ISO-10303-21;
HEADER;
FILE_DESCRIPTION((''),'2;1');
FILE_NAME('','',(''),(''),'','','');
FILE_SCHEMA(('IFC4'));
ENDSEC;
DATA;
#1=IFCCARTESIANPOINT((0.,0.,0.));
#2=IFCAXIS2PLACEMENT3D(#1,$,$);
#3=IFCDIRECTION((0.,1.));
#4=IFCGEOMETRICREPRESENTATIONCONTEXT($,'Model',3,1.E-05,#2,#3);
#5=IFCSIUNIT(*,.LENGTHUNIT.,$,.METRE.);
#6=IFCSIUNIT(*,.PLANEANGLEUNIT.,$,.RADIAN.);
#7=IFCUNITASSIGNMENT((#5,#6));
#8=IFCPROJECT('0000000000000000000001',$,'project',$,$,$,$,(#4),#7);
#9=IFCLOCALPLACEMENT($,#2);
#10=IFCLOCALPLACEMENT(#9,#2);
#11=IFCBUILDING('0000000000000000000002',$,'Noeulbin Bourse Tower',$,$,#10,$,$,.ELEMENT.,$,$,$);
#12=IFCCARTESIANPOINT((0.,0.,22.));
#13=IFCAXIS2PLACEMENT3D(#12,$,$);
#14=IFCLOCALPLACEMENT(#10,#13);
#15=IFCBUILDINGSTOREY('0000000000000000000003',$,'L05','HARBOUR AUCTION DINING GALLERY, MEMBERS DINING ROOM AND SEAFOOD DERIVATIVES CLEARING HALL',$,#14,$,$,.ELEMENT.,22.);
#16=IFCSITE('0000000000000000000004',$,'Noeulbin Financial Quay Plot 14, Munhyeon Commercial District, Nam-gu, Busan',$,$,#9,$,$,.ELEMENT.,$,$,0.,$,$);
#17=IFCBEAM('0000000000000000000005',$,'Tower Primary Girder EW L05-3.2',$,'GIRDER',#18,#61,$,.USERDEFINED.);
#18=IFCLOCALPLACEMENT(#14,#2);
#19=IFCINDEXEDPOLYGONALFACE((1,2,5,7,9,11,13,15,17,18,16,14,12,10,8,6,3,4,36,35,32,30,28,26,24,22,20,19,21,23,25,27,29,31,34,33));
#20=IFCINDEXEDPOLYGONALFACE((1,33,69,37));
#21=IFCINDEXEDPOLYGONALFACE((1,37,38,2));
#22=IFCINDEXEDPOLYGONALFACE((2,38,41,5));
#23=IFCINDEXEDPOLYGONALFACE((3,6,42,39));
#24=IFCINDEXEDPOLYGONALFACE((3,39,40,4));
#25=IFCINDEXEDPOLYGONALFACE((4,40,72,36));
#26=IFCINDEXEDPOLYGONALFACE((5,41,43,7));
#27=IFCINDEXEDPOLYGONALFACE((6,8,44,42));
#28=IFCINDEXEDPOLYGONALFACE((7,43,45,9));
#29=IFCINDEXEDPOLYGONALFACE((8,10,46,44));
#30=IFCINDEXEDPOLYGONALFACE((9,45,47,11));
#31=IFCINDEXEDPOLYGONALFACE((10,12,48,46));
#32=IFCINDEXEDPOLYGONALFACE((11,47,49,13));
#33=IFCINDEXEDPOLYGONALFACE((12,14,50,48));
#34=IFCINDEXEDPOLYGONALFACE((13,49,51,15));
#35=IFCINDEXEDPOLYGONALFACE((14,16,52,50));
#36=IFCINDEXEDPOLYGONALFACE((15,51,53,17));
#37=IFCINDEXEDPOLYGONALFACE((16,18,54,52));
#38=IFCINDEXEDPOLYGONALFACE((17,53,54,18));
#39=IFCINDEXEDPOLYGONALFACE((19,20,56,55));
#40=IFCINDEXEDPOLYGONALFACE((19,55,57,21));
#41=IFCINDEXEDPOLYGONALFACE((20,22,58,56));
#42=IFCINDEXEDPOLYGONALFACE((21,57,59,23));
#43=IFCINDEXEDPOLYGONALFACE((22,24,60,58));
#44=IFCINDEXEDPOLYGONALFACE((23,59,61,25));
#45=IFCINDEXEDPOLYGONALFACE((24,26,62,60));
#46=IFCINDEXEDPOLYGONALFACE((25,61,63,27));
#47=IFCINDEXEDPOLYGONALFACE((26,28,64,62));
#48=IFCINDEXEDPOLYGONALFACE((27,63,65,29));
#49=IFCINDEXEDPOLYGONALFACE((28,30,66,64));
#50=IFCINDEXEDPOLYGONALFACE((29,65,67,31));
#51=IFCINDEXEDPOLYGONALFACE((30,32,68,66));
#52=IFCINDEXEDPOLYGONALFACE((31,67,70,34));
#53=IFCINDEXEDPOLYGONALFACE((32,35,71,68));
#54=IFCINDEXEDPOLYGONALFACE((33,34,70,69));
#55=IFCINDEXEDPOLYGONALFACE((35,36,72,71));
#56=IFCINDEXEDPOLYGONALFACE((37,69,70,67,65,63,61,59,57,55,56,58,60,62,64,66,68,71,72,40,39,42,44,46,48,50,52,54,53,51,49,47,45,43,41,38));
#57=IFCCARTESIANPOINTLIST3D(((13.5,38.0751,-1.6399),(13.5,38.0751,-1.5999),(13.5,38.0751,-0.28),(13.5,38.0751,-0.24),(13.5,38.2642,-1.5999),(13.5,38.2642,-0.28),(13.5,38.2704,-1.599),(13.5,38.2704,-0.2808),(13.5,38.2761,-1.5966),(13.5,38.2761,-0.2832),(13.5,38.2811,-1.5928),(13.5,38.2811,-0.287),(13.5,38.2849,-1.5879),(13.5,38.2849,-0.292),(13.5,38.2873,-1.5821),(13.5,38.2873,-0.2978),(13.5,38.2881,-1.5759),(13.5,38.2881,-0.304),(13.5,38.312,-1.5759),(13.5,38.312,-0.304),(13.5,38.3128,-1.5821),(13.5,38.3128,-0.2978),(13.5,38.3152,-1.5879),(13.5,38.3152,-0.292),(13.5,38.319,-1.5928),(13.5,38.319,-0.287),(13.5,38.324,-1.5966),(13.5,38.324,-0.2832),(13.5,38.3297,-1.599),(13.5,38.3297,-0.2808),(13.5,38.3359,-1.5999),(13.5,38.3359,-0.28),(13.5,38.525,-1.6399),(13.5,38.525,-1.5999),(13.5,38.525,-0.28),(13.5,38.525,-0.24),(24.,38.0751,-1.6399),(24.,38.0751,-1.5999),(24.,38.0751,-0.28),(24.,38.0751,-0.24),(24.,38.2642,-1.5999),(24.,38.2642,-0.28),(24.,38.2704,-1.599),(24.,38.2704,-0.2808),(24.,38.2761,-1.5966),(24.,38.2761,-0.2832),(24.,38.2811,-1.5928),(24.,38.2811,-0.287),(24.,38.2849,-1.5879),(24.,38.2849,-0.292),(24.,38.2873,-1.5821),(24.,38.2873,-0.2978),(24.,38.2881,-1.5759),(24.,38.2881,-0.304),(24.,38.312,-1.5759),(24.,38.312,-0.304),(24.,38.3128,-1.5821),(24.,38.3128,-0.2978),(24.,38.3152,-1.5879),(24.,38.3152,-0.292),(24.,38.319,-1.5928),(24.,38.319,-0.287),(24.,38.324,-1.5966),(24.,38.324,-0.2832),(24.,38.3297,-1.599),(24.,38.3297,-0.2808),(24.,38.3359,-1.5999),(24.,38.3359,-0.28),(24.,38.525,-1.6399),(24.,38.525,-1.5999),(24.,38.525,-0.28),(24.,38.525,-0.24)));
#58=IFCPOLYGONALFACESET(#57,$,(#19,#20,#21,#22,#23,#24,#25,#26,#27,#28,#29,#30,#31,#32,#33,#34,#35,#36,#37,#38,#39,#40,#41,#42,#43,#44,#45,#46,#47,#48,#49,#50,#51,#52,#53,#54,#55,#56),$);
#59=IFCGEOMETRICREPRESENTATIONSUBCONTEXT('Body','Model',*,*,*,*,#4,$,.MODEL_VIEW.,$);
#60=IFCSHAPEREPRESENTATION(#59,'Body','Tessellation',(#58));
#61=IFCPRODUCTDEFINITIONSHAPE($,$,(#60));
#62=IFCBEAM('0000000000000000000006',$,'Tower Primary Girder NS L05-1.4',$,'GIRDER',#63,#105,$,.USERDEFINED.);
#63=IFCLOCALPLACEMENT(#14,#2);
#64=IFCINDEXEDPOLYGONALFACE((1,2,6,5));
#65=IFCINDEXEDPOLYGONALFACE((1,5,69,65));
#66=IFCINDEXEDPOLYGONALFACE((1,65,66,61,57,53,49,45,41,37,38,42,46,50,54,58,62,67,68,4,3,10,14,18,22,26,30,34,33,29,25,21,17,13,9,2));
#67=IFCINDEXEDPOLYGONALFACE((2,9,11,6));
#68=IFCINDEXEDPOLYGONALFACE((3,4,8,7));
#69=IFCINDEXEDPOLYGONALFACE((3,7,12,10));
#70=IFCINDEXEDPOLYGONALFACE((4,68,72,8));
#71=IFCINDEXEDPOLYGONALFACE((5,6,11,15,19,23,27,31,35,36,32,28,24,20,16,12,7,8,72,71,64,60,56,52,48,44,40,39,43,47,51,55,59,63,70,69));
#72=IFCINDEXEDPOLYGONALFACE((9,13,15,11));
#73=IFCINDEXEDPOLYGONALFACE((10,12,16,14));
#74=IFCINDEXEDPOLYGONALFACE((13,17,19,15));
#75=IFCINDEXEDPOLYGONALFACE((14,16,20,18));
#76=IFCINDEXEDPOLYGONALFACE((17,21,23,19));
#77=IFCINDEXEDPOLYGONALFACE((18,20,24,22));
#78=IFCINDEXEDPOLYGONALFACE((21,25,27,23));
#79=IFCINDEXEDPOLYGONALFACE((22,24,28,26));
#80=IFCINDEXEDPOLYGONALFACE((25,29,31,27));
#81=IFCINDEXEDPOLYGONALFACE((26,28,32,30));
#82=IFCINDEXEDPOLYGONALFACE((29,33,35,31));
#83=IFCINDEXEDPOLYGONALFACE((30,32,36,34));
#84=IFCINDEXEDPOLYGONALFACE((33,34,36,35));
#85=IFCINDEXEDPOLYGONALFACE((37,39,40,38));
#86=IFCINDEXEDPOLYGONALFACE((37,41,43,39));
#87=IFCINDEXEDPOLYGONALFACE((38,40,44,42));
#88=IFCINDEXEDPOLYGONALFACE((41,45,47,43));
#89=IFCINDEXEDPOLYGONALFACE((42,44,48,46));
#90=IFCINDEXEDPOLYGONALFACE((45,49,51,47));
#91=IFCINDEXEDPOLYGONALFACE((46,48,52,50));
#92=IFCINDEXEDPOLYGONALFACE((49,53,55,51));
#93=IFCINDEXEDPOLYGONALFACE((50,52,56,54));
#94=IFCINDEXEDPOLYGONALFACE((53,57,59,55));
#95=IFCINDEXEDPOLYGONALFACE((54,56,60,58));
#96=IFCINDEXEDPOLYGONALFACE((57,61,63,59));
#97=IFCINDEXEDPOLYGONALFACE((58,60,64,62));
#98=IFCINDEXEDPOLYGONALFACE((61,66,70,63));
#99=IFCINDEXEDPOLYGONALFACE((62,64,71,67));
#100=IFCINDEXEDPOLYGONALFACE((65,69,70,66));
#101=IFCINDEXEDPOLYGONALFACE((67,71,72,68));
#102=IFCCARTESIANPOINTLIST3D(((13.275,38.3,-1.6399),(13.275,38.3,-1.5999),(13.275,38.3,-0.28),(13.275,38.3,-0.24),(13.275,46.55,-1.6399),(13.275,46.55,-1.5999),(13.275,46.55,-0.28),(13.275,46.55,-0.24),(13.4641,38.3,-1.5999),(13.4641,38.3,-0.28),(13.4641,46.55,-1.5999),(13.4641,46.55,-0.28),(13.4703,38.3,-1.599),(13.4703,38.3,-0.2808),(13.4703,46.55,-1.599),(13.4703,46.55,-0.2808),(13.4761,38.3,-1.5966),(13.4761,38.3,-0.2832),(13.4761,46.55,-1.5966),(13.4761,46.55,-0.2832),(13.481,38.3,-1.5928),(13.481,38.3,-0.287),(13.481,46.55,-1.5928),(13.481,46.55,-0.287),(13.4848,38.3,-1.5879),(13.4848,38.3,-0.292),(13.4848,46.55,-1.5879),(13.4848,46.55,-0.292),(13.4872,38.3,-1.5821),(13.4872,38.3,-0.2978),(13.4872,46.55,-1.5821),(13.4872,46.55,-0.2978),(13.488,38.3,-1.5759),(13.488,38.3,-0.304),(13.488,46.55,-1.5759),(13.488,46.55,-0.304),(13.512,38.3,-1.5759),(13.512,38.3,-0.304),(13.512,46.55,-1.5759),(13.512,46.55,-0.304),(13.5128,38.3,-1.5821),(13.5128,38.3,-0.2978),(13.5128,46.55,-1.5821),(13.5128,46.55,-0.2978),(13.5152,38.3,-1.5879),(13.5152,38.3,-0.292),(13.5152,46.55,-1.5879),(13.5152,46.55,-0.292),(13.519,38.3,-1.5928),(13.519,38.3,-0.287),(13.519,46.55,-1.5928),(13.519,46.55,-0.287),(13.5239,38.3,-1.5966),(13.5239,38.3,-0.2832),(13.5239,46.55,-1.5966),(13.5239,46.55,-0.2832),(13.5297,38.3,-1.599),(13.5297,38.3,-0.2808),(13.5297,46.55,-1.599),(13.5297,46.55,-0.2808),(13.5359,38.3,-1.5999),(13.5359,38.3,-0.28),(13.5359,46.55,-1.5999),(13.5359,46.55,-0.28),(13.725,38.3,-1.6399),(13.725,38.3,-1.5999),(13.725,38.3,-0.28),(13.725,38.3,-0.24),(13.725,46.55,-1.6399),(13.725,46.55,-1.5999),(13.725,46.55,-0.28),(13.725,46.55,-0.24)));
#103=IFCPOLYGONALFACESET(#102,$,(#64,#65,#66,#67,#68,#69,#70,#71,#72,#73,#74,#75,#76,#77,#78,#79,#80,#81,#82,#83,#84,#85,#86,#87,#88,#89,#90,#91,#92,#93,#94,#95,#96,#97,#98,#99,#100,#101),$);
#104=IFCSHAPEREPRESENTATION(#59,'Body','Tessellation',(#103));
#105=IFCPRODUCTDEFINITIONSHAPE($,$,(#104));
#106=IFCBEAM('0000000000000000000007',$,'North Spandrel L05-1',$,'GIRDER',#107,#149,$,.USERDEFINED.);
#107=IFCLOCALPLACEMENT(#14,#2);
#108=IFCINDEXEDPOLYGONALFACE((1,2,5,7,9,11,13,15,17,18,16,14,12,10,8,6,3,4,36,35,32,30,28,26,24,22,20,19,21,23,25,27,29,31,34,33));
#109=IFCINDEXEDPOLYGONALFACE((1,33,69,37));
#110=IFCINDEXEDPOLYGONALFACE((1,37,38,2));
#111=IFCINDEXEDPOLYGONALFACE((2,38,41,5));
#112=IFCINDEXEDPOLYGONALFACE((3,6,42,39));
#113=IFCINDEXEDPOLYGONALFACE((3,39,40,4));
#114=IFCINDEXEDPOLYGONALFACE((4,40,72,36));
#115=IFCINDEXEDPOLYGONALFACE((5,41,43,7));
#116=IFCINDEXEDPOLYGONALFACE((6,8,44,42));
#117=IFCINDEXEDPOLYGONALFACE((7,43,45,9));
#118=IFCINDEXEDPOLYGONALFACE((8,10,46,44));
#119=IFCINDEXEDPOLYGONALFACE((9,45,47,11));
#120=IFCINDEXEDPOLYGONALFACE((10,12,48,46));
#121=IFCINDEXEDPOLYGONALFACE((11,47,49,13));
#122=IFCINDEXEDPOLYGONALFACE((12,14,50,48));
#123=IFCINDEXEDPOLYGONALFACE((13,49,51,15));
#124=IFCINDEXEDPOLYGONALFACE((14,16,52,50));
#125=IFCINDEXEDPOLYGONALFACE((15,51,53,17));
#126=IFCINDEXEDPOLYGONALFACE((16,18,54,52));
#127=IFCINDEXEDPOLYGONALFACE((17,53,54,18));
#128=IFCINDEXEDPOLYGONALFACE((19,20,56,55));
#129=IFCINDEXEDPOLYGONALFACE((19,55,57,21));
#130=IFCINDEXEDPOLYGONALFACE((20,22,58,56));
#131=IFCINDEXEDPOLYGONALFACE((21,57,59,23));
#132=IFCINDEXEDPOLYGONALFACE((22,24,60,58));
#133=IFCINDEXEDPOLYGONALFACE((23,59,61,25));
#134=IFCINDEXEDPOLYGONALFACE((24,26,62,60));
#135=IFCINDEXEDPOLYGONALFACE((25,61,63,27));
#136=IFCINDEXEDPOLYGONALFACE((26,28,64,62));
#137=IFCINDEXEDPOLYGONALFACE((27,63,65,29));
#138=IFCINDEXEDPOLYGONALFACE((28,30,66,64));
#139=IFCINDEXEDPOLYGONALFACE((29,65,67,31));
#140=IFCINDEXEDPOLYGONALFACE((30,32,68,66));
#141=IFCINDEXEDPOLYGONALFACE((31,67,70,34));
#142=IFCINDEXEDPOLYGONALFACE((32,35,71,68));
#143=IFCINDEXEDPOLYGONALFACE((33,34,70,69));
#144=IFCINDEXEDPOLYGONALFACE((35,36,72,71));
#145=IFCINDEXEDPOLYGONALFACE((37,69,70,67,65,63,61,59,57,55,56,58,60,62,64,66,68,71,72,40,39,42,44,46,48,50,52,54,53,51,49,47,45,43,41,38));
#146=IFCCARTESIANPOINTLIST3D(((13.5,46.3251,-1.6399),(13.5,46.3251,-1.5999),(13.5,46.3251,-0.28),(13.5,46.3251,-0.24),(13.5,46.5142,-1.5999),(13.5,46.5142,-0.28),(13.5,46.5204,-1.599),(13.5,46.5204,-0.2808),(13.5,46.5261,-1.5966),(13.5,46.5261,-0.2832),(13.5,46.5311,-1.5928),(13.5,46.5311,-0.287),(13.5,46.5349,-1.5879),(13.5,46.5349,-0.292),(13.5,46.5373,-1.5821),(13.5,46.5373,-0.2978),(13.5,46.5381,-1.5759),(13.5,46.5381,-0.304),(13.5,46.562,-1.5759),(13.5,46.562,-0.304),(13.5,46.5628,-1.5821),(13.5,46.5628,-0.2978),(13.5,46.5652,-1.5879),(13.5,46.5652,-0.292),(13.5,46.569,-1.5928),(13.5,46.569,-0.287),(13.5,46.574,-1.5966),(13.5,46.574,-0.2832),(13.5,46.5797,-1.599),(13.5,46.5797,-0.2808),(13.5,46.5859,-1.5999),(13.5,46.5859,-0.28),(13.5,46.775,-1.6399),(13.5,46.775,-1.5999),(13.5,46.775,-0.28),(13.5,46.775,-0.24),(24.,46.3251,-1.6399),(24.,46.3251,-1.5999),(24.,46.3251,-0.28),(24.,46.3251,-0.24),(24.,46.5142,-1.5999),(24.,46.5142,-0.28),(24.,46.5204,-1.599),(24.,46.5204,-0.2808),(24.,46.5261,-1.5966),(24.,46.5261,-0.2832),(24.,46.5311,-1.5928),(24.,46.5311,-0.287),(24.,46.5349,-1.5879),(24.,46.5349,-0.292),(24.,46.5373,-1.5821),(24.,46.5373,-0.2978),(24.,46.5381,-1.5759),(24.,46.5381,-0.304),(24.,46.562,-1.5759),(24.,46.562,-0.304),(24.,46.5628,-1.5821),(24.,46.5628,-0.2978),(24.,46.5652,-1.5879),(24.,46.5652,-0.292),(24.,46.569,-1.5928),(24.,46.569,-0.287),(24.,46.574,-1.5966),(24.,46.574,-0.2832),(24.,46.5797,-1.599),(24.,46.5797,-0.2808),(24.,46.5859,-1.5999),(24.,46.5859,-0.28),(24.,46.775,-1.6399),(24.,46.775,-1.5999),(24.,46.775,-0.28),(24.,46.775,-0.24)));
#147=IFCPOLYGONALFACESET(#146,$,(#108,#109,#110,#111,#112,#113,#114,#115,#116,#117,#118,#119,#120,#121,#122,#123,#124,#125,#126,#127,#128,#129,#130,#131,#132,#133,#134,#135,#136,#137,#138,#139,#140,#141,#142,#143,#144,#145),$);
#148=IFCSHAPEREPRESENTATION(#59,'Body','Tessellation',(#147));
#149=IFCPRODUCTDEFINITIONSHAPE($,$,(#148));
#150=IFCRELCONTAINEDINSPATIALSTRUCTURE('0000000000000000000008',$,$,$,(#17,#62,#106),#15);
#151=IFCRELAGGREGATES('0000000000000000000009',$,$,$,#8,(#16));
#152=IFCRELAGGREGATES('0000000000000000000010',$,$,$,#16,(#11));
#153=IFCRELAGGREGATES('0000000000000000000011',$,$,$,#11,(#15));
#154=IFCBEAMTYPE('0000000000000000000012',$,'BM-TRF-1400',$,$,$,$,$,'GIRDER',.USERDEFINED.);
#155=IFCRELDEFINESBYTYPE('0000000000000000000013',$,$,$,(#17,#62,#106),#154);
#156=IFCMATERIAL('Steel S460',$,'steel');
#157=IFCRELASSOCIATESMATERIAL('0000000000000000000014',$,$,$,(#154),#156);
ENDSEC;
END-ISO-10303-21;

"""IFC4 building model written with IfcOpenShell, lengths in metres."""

from ifc_helpers import new_model, si_unit, direction, frame, origin, origin_2d, place, context, subcontext, project, spatial, i_section, extrude, material, material_profile, profile_set, type_object, element, save


model = new_model("IFC4")

# Units and contexts
model_context = context("Model", 3, precision=1e-05, world=origin(), true_north=direction((0.0, 1.0)))
body_context = subcontext(model_context, "Body", "Model", "MODEL_VIEW")
ifc_project = project(units=[si_unit("LENGTHUNIT", "METRE"), si_unit("PLANEANGLEUNIT", "RADIAN")], contexts=[model_context])

# Site, building, storey
site_placement = place(None, origin())
site = spatial("IfcSite", under=ifc_project, at=site_placement, Name="Noeulbin Financial Quay Plot 14, Munhyeon Commercial District, Nam-gu, Busan", CompositionType="ELEMENT", RefElevation=0.0)
building_placement = place(site_placement, origin())
building = spatial("IfcBuilding", under=site, at=building_placement, Name="Noeulbin Bourse Tower", CompositionType="ELEMENT")
storey_placement = place(building_placement, frame((0.0, 0.0, 22.0)))
storey = spatial("IfcBuildingStorey", under=building, at=storey_placement, Name="L05", Description="HARBOUR AUCTION DINING GALLERY, MEMBERS DINING ROOM AND SEAFOOD DERIVATIVES CLEARING HALL", CompositionType="ELEMENT", Elevation=22.0)

# Shared definitions
ifc_material_1 = material(Name="Steel S460", Category="steel")

# Beams
ifc_material_profile_1 = material_profile(ifc_material_1, i_section(OverallWidth=0.45, OverallDepth=1.3999, WebThickness=0.0239, FlangeThickness=0.04, FilletRadius=0.0239, at=origin_2d()), Name="PG-1400x450x24x40", Category="LoadBearing")
ifc_profile_set_1 = profile_set([ifc_material_profile_1], Name="Steel S460")
beam_type_1 = type_object("IfcBeamType", Name="BM-TRF-1400", ElementType="GIRDER", PredefinedType="USERDEFINED", material=ifc_profile_set_1)
beam_1_placement = place(storey_placement, frame((13.5, 38.3, -0.9399), z_axis=(1.0, 0.0, 0.0), x_axis=(0.0, 1.0, 0.0)))
element("IfcBeam", 1, at=beam_1_placement, inside=storey, type_object=beam_type_1, Name="Tower Primary Girder EW L05-3.2", ObjectType="GIRDER", PredefinedType="USERDEFINED", context=body_context, shape_type="SweptSolid", body=[
    extrude(i_section(OverallWidth=0.45, OverallDepth=1.3999, WebThickness=0.0239, FlangeThickness=0.04, FilletRadius=0.0239, at=origin_2d()), origin(), (0.0, 0.0, 1.0), 10.5),
])
beam_2_placement = place(storey_placement, frame((13.5, 38.3, -0.9399), z_axis=(0.0, 1.0, 0.0), x_axis=(-1.0, 0.0, 0.0)))
element("IfcBeam", 2, at=beam_2_placement, inside=storey, type_object=beam_type_1, Name="Tower Primary Girder NS L05-1.4", ObjectType="GIRDER", PredefinedType="USERDEFINED", context=body_context, shape_type="SweptSolid", body=[
    extrude(i_section(OverallWidth=0.45, OverallDepth=1.3999, WebThickness=0.0239, FlangeThickness=0.04, FilletRadius=0.0239, at=origin_2d()), origin(), (0.0, 0.0, 1.0), 8.25),
])
beam_3_placement = place(storey_placement, frame((13.5, 46.55, -0.9399), z_axis=(1.0, 0.0, 0.0), x_axis=(0.0, 1.0, 0.0)))
element("IfcBeam", 3, at=beam_3_placement, inside=storey, type_object=beam_type_1, Name="North Spandrel L05-1", ObjectType="GIRDER", PredefinedType="USERDEFINED", context=body_context, shape_type="SweptSolid", body=[
    extrude(i_section(OverallWidth=0.45, OverallDepth=1.3999, WebThickness=0.0239, FlangeThickness=0.04, FilletRadius=0.0239, at=origin_2d()), origin(), (0.0, 0.0, 1.0), 10.5),
])

save(model, "model.ifc")
